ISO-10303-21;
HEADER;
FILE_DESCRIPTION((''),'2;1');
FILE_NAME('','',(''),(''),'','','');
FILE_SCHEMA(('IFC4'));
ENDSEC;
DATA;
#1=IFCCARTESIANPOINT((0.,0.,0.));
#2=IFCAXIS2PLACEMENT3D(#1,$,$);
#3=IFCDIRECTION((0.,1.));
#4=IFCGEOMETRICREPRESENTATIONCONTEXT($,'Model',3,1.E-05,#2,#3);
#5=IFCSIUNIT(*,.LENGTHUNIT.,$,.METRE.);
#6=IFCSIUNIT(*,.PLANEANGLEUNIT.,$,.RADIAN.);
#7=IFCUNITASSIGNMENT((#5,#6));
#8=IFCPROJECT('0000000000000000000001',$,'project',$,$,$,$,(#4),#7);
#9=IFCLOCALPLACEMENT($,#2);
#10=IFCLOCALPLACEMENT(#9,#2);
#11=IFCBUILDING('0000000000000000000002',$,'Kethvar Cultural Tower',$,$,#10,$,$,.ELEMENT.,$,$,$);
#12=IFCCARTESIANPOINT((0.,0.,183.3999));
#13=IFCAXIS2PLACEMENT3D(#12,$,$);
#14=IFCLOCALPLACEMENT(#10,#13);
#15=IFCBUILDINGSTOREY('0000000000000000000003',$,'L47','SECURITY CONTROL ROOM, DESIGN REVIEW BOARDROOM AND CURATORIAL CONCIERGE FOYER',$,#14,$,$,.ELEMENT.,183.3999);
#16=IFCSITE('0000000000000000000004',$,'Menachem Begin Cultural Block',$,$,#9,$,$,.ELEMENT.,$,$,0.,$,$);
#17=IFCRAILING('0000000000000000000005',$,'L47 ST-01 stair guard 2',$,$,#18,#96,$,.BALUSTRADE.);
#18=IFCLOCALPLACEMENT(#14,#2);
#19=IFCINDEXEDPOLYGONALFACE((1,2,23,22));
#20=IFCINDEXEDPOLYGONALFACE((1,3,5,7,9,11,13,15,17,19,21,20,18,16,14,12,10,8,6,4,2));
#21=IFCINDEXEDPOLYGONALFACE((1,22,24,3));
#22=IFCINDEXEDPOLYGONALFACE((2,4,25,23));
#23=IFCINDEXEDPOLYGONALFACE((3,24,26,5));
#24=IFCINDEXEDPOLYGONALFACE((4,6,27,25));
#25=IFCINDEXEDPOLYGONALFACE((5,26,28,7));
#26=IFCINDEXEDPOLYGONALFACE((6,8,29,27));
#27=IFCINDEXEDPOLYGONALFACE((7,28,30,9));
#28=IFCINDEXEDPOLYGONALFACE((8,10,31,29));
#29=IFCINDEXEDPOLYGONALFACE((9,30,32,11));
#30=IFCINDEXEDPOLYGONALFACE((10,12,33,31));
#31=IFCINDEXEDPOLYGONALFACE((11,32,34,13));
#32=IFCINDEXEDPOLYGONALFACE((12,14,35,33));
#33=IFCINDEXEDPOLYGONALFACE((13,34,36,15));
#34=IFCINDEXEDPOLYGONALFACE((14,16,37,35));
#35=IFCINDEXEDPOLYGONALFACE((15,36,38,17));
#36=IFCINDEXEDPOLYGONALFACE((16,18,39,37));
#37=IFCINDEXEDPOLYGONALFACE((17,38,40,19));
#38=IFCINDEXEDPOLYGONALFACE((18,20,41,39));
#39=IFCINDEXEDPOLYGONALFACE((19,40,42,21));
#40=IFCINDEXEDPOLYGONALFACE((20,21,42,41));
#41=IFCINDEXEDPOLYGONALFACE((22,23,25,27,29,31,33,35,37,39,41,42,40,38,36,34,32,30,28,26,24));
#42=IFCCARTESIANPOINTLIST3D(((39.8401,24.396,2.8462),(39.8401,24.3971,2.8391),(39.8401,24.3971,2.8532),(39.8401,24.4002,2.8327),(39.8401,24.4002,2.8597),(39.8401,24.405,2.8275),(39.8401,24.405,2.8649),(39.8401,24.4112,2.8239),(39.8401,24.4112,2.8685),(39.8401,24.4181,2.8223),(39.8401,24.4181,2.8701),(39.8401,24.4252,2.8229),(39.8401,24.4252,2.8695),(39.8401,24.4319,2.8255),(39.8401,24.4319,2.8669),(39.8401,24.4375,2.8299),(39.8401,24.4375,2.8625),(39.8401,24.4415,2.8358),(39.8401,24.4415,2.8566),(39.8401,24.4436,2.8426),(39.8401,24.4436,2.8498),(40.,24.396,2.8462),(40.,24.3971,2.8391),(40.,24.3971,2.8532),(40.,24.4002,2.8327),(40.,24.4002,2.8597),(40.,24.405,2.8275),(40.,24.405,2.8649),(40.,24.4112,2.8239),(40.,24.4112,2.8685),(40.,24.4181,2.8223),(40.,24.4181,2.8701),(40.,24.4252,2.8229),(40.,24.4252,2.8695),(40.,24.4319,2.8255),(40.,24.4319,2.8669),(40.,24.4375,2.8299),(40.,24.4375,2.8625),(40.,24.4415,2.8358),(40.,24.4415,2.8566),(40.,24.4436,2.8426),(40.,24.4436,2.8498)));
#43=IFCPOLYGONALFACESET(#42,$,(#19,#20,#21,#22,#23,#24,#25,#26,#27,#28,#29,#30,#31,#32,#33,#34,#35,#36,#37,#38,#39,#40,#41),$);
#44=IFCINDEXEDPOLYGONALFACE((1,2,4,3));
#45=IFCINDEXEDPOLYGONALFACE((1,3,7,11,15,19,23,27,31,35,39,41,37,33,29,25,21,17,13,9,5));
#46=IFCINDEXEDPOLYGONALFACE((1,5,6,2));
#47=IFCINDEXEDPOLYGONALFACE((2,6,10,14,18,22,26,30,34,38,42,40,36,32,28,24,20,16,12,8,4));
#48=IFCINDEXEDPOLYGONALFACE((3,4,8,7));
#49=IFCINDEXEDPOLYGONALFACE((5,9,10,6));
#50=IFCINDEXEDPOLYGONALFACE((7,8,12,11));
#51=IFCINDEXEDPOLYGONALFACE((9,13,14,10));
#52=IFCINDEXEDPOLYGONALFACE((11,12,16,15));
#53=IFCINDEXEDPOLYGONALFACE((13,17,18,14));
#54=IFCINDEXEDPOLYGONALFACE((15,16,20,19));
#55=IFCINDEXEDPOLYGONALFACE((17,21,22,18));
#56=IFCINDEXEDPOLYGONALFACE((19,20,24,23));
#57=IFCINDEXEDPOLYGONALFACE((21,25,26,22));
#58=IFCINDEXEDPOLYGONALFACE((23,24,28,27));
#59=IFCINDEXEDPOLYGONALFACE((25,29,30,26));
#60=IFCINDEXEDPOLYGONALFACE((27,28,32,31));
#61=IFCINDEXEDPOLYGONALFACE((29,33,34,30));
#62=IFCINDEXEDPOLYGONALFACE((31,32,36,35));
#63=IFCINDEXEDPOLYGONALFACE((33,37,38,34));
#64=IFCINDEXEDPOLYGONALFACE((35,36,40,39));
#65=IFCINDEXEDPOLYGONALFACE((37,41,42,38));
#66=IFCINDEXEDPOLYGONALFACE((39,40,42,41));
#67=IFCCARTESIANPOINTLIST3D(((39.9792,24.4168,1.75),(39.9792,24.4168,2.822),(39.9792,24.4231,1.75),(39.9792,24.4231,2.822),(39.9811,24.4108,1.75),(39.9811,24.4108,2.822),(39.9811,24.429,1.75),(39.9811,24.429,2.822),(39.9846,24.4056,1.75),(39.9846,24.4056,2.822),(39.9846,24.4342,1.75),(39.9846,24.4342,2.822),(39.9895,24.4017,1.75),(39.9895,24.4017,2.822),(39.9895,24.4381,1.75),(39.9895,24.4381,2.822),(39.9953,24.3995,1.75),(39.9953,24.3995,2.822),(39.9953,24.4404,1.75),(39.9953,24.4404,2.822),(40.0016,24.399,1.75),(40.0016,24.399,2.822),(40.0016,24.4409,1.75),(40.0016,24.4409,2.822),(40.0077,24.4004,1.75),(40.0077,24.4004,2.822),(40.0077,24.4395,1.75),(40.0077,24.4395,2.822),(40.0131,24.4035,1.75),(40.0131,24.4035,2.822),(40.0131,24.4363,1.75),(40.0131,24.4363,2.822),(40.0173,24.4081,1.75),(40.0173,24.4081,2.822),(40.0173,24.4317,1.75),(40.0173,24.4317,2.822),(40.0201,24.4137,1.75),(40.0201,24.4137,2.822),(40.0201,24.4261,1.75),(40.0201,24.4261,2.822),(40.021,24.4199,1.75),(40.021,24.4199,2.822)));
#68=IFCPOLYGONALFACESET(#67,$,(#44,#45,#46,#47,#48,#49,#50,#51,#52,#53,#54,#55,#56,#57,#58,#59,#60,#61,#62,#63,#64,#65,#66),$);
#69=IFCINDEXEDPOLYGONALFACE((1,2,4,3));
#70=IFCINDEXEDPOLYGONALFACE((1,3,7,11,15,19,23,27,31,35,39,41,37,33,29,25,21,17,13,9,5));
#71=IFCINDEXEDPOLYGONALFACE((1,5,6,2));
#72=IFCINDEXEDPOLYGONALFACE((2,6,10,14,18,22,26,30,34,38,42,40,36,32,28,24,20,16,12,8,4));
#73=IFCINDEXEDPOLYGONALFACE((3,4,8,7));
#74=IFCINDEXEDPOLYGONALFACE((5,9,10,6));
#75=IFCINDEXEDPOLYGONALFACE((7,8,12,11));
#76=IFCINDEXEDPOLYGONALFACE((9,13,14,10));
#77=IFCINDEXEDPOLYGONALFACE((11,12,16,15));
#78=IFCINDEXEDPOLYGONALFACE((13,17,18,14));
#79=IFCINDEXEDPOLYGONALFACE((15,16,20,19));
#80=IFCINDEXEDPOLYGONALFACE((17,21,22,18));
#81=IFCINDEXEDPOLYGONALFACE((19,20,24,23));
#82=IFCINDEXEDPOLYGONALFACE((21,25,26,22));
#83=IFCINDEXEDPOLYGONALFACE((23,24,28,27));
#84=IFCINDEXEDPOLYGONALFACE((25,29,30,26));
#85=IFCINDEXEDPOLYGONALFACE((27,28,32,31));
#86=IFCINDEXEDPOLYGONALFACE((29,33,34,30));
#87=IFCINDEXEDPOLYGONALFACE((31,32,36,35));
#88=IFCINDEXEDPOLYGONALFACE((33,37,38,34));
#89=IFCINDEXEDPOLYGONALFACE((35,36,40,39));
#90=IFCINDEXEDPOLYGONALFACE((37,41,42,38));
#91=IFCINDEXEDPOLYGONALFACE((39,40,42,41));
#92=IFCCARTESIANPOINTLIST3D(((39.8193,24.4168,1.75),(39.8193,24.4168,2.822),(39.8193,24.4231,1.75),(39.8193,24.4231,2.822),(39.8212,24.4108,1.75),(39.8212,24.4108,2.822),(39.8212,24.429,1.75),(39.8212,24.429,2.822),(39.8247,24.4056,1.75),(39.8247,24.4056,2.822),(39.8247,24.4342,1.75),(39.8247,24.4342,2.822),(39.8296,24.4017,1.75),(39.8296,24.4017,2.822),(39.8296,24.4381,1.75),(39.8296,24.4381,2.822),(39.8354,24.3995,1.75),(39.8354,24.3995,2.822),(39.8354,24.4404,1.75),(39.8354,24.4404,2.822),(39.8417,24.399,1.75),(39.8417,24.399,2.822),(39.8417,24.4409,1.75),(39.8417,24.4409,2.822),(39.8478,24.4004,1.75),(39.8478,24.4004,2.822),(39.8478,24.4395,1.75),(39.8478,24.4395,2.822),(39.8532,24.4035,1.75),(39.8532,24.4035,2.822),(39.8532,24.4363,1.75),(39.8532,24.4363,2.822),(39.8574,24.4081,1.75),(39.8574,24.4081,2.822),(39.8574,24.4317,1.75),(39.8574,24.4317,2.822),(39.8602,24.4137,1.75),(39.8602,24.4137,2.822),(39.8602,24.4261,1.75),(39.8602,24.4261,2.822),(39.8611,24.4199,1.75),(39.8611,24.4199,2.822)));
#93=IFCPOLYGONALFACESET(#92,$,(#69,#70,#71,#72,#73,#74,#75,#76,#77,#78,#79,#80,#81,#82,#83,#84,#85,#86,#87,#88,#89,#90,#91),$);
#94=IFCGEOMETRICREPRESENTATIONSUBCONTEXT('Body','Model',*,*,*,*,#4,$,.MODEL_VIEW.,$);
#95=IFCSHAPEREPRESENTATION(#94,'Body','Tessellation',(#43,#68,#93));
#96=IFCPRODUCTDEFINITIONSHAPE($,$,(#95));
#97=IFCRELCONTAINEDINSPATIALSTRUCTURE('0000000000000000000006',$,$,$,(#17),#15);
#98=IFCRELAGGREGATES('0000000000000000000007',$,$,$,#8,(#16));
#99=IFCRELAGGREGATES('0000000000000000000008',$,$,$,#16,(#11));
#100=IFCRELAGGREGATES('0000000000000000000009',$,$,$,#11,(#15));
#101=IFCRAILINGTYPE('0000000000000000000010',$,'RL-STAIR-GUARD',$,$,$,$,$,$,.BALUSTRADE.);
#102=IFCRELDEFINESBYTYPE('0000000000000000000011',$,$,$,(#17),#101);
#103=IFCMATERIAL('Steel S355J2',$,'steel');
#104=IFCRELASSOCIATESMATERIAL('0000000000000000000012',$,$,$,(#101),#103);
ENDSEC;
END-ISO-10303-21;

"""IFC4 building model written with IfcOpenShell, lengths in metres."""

from ifc_helpers import new_model, si_unit, direction, frame, origin, origin_2d, place, context, subcontext, project, spatial, circle, extrude, material, type_object, element, save


model = new_model("IFC4")

# Units and contexts
model_context = context("Model", 3, precision=1e-05, world=origin(), true_north=direction((0.0, 1.0)))
body_context = subcontext(model_context, "Body", "Model", "MODEL_VIEW")
ifc_project = project(units=[si_unit("LENGTHUNIT", "METRE"), si_unit("PLANEANGLEUNIT", "RADIAN")], contexts=[model_context])

# Site, building, storey
site_placement = place(None, origin())
site = spatial("IfcSite", under=ifc_project, at=site_placement, Name="Menachem Begin Cultural Block", CompositionType="ELEMENT", RefElevation=0.0)
building_placement = place(site_placement, origin())
building = spatial("IfcBuilding", under=site, at=building_placement, Name="Kethvar Cultural Tower", CompositionType="ELEMENT")
storey_placement = place(building_placement, frame((0.0, 0.0, 183.3999)))
storey = spatial("IfcBuildingStorey", under=building, at=storey_placement, Name="L47", Description="SECURITY CONTROL ROOM, DESIGN REVIEW BOARDROOM AND CURATORIAL CONCIERGE FOYER", CompositionType="ELEMENT", Elevation=183.3999)

# Shared definitions
ifc_material_1 = material(Name="Steel S355J2", Category="steel")

# Railing
railing_type = type_object("IfcRailingType", Name="RL-STAIR-GUARD", PredefinedType="BALUSTRADE", material=ifc_material_1)
railing_1_placement = place(storey_placement, frame((40.0, 24.4199, 1.75)))
element("IfcRailing", 1, at=railing_1_placement, inside=storey, type_object=railing_type, Name="L47 ST-01 stair guard 2", PredefinedType="BALUSTRADE", context=body_context, shape_type="SweptSolid", body=[
    extrude(circle(Radius=0.0239, at=origin_2d()), frame((0.0, 0.0, 1.0962), z_axis=(-1.0, 0.0, 0.0), x_axis=(0.0, -1.0, 0.0)), (0.0, 0.0, 1.0), 0.1599),
    extrude(circle(Radius=0.021, at=origin_2d()), origin(), (0.0, 0.0, 1.0), 1.072),
    extrude(circle(Radius=0.021, at=origin_2d()), frame((-0.1599, 0.0, 0.0)), (0.0, 0.0, 1.0), 1.072),
])

save(model, "model.ifc")
